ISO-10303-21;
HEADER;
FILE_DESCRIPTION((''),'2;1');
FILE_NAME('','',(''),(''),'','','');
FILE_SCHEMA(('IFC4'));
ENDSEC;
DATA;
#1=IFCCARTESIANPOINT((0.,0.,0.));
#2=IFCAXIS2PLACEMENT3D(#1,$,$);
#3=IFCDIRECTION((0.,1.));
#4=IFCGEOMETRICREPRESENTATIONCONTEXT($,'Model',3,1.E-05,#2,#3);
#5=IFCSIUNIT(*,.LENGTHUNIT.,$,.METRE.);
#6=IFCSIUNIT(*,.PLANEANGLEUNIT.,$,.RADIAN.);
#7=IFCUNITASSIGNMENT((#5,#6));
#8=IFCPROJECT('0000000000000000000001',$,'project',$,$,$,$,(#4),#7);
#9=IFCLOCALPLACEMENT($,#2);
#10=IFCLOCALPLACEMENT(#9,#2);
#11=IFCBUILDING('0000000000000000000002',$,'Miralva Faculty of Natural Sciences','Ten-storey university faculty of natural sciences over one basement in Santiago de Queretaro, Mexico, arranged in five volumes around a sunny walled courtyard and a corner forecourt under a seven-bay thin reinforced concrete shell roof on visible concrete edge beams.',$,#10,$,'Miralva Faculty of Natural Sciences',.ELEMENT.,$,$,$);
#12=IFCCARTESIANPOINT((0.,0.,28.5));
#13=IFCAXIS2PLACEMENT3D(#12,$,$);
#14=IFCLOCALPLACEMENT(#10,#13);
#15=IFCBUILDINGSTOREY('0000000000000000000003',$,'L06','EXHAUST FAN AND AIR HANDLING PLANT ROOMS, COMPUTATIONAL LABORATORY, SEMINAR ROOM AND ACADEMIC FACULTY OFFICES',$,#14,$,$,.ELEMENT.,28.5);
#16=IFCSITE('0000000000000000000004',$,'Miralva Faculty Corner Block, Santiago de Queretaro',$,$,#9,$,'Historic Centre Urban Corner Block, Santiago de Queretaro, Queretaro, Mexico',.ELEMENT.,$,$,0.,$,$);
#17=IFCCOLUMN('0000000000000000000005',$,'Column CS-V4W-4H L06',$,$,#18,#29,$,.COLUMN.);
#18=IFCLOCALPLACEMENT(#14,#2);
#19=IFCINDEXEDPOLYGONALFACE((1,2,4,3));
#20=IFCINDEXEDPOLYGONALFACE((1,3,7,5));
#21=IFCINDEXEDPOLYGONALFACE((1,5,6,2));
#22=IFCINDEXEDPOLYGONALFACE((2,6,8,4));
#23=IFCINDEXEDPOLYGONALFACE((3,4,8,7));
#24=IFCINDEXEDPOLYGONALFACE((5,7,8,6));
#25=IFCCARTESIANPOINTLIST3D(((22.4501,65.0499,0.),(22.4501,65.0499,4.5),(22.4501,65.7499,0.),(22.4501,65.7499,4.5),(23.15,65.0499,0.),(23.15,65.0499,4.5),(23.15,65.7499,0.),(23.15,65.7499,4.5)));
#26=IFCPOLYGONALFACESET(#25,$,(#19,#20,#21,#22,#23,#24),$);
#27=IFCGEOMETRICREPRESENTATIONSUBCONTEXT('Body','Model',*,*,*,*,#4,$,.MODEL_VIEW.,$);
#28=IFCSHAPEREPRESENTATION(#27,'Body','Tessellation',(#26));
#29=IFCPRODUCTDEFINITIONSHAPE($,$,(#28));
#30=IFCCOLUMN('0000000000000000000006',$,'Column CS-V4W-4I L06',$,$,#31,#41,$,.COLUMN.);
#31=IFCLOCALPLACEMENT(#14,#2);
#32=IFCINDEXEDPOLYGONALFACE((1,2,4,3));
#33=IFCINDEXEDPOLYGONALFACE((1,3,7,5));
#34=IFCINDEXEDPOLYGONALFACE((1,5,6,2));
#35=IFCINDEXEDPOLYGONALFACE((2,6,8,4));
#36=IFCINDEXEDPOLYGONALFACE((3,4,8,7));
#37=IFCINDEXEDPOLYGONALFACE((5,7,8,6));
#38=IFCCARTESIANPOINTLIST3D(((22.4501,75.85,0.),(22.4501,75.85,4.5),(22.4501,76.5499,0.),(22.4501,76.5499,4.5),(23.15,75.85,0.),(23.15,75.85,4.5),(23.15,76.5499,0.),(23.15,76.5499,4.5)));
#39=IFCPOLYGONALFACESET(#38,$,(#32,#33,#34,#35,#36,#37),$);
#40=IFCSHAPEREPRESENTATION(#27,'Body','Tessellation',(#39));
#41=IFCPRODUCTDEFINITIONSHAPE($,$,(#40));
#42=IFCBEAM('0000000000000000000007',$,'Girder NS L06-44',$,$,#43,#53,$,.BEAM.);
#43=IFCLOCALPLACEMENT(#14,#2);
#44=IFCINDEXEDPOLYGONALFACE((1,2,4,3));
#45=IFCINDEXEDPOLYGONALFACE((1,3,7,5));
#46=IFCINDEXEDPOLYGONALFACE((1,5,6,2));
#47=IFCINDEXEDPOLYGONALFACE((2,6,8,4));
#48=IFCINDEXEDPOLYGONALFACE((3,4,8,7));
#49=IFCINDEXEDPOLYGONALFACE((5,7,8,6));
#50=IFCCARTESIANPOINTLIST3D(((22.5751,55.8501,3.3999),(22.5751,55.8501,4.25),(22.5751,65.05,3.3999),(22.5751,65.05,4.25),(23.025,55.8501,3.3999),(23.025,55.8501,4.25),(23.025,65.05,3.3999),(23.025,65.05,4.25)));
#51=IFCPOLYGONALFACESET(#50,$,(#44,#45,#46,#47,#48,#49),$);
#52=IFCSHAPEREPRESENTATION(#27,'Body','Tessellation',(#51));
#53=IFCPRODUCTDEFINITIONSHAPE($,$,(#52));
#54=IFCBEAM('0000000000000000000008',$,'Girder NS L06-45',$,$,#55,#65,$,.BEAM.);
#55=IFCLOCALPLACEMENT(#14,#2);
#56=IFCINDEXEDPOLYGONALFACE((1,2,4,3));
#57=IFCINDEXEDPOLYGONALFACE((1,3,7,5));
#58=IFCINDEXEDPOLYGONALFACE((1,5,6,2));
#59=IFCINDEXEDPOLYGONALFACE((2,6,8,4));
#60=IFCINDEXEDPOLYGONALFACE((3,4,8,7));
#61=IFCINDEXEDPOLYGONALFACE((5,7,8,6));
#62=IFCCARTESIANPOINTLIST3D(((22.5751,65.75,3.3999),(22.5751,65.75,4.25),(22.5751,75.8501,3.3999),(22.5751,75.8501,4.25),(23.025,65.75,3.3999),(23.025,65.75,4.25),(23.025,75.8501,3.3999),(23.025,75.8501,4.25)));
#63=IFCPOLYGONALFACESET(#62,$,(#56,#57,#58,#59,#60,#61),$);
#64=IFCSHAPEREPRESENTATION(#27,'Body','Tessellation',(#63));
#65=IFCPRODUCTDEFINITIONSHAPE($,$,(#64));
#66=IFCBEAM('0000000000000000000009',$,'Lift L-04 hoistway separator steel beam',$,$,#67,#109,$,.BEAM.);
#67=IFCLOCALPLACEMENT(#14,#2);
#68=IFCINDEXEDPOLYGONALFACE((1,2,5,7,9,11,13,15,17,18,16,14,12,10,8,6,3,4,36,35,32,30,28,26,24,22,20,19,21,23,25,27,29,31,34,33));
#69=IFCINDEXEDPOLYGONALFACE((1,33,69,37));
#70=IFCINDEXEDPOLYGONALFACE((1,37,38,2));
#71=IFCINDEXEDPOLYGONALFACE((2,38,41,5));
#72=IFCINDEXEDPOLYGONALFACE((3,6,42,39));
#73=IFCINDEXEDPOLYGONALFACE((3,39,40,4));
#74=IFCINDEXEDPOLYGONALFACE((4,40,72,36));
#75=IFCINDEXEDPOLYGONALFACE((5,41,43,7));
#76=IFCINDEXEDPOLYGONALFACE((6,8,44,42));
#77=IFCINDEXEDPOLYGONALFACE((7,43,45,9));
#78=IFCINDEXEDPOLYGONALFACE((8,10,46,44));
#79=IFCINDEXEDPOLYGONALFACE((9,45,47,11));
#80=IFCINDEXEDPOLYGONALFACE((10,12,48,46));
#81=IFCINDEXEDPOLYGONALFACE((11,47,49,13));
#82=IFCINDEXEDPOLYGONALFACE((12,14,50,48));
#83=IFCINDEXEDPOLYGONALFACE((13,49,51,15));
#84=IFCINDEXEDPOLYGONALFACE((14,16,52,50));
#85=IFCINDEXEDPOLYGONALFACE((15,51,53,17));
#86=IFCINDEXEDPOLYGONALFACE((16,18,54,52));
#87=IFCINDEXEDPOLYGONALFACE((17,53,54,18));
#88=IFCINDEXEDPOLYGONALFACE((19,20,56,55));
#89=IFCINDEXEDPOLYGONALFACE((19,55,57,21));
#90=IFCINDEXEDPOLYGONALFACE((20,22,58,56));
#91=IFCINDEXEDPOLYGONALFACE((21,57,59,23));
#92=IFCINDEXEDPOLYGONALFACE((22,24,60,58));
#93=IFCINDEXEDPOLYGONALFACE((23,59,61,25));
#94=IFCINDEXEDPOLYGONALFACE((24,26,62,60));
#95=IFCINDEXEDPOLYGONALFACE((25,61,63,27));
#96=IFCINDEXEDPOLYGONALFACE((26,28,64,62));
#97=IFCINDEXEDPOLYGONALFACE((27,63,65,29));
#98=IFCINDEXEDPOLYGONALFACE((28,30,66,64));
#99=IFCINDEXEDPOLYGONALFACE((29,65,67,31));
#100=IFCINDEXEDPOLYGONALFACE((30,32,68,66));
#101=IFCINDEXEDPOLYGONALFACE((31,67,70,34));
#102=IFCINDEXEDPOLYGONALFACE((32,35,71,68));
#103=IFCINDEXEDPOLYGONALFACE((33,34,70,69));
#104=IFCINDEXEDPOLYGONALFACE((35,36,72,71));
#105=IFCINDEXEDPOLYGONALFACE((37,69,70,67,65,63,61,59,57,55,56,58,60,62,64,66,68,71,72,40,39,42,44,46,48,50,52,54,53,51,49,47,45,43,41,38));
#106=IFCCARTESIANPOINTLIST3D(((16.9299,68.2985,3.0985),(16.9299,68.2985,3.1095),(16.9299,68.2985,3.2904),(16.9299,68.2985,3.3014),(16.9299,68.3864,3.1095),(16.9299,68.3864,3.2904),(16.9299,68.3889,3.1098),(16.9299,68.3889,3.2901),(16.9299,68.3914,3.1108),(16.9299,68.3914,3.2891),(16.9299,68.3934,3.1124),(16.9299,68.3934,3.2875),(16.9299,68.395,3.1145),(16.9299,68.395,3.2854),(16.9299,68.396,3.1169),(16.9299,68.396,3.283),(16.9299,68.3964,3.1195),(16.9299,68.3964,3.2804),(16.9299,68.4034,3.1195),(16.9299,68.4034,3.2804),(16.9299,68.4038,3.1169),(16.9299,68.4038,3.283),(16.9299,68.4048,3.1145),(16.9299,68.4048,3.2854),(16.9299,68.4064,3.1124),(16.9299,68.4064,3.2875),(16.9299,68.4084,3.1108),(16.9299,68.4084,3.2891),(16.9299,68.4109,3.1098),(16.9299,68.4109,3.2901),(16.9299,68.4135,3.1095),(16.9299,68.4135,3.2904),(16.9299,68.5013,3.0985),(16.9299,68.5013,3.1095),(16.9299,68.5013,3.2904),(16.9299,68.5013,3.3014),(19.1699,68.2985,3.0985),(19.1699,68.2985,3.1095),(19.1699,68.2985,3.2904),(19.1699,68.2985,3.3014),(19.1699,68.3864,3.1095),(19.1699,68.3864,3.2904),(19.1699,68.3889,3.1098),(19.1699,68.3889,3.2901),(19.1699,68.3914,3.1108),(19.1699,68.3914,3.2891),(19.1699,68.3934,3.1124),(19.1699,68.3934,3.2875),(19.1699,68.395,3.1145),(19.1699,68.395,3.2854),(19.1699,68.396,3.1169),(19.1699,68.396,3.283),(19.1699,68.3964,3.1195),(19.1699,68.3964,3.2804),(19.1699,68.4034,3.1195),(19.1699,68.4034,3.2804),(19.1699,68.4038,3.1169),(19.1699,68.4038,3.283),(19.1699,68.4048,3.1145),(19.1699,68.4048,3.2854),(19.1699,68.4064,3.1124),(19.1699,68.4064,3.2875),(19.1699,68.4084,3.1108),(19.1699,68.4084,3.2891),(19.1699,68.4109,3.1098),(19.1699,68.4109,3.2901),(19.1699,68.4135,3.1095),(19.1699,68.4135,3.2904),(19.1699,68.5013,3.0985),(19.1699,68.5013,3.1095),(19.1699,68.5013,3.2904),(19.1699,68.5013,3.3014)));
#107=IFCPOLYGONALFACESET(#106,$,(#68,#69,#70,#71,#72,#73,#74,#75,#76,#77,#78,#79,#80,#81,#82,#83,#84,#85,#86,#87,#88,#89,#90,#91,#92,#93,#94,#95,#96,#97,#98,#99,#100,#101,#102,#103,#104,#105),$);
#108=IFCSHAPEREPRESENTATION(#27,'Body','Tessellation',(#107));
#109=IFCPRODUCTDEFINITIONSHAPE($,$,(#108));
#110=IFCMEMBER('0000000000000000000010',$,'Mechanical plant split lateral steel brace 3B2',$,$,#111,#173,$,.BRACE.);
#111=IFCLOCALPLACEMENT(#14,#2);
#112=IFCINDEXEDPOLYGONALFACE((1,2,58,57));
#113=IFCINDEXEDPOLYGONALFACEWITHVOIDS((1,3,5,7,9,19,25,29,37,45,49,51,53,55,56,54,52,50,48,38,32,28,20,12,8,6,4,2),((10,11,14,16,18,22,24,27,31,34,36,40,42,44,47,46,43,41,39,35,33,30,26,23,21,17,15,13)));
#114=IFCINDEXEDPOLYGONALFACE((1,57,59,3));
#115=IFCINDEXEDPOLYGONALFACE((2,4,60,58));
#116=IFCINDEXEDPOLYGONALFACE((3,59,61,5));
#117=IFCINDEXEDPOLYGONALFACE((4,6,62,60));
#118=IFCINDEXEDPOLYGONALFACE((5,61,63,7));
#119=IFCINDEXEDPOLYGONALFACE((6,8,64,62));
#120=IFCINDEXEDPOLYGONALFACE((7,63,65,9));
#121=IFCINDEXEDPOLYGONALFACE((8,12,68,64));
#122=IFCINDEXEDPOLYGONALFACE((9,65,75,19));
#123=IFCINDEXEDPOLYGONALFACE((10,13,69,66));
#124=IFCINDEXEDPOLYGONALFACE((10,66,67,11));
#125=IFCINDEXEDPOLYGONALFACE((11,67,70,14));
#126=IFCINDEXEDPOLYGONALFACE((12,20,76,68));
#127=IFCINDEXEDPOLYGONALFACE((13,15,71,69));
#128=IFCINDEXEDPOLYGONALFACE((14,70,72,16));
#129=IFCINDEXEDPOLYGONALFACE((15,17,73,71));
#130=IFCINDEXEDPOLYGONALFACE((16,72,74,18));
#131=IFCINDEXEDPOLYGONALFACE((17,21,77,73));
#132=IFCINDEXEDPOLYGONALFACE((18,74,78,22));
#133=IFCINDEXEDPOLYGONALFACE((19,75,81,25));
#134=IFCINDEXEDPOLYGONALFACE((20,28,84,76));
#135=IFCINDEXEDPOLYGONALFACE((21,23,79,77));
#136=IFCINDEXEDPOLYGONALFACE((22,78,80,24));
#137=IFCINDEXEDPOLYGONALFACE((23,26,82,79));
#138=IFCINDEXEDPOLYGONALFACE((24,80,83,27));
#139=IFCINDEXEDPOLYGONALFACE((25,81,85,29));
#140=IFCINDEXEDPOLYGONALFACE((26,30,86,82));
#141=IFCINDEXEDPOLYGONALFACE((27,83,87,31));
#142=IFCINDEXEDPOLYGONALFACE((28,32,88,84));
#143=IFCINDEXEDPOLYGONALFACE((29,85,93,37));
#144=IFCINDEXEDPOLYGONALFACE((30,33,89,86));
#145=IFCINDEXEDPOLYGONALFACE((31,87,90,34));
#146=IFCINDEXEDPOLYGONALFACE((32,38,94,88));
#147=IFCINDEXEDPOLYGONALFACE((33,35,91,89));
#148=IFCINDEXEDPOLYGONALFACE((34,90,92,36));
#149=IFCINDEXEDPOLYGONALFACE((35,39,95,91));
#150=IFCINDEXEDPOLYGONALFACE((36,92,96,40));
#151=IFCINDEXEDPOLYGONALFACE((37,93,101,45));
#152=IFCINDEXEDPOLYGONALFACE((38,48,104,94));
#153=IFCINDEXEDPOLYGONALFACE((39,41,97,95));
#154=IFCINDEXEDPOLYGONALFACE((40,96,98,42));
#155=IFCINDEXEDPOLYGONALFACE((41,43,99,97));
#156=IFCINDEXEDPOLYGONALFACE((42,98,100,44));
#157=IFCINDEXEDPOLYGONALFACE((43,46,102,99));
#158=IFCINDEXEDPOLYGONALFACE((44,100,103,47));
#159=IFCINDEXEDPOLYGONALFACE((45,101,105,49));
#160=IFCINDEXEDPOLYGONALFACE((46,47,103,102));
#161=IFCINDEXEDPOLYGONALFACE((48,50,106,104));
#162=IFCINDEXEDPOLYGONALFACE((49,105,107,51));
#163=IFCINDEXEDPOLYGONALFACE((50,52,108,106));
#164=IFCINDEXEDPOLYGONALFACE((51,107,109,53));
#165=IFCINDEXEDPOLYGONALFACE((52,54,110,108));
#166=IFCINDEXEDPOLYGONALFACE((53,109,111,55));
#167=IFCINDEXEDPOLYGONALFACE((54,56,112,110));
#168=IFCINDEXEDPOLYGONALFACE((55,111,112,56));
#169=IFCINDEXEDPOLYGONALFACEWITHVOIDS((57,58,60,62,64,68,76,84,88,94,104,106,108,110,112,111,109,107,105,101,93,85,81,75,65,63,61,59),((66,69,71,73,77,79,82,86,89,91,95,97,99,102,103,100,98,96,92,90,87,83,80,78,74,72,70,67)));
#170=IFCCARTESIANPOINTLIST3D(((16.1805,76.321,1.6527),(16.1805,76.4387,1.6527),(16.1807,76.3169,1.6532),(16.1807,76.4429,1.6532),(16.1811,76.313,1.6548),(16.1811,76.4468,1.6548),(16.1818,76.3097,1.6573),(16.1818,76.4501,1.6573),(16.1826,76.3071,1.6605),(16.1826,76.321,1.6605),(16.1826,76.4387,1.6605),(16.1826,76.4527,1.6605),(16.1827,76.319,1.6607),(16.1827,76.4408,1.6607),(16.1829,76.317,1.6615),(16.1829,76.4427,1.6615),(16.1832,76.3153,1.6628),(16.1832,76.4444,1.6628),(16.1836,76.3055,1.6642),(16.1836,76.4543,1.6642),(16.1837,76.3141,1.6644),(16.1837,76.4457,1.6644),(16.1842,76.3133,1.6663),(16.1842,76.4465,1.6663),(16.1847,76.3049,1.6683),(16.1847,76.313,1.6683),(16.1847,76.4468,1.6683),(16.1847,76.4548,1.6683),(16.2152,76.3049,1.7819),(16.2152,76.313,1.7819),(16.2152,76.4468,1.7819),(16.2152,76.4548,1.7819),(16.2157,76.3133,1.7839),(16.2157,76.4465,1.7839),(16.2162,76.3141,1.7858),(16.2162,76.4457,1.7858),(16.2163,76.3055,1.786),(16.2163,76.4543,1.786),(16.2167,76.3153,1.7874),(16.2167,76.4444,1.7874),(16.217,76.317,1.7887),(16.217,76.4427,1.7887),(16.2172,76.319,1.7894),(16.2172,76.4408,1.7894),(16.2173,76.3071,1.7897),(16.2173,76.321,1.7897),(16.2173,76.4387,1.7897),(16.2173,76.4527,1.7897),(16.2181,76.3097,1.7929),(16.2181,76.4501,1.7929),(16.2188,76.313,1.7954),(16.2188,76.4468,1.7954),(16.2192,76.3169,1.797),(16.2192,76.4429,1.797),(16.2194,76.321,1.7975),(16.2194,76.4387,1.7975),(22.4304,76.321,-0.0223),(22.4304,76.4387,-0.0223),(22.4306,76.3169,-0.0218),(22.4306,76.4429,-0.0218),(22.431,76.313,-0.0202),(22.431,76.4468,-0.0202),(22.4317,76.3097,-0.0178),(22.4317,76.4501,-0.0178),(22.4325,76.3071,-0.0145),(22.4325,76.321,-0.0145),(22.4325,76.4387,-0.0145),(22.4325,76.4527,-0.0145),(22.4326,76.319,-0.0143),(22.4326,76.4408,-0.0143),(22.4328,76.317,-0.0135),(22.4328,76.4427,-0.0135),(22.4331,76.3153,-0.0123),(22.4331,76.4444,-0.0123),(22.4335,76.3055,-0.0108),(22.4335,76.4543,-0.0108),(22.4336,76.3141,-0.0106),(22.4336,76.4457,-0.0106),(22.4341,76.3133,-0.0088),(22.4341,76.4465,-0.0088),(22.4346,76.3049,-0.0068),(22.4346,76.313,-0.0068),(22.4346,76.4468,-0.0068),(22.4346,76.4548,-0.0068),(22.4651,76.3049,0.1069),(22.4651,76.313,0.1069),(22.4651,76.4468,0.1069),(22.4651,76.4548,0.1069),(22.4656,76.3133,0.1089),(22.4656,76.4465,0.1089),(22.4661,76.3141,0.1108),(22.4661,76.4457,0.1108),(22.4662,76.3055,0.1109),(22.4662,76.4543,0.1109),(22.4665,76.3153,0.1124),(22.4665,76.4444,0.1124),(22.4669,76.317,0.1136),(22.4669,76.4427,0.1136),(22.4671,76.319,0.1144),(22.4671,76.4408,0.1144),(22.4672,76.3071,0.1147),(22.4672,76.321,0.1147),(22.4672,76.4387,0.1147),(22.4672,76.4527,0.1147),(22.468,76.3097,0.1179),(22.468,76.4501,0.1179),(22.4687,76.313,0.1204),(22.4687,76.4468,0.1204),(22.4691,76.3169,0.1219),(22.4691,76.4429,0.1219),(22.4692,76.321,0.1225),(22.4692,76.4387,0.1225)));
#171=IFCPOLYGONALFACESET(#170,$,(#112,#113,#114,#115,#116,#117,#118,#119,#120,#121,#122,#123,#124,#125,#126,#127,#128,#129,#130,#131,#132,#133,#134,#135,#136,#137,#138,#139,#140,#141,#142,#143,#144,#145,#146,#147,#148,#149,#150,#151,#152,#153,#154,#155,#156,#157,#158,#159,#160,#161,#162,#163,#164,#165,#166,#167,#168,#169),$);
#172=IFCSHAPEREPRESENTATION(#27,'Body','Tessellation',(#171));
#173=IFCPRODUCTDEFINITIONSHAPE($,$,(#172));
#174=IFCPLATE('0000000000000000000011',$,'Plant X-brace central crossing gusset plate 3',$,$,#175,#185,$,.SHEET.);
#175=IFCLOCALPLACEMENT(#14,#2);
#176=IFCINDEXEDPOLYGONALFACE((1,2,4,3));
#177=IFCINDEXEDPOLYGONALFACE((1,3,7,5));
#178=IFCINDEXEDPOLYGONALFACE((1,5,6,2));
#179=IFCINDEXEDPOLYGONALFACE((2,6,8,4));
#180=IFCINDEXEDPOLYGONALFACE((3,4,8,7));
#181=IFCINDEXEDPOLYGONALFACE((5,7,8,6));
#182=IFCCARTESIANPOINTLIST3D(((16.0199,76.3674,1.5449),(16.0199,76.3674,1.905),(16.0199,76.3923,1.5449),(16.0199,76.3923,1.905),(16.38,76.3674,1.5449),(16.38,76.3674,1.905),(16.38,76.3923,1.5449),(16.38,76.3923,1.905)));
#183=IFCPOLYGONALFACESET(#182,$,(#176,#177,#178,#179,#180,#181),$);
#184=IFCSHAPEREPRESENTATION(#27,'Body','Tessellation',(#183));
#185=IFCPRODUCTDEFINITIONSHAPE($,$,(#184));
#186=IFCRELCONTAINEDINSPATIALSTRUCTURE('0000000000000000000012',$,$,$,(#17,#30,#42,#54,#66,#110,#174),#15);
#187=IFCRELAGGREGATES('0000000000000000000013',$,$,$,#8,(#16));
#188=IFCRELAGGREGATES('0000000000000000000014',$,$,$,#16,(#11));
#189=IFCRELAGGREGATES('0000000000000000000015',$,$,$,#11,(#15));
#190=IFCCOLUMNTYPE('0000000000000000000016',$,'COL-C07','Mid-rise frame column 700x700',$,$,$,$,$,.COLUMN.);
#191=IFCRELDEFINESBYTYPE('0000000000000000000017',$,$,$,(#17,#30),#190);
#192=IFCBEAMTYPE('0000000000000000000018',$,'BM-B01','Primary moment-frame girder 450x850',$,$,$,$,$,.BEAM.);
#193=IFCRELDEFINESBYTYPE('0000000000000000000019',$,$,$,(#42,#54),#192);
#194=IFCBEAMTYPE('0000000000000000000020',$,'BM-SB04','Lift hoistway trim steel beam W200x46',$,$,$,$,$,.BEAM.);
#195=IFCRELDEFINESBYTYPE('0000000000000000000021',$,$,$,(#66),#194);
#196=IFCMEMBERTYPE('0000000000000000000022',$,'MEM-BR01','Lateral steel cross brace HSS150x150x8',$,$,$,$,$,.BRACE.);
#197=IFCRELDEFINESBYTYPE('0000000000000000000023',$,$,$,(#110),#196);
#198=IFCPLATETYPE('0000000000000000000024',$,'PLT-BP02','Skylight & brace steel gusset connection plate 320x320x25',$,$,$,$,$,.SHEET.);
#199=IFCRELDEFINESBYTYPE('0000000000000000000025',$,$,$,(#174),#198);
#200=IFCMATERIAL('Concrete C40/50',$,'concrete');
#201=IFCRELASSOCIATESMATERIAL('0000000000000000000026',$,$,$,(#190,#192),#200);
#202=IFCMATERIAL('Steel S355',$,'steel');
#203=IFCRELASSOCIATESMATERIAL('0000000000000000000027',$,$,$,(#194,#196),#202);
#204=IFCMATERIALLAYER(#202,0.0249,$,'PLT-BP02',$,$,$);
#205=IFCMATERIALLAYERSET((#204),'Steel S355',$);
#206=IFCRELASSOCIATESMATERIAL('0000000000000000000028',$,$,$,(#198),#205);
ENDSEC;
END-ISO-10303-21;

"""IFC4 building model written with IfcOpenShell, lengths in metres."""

from ifc_helpers import new_model, si_unit, direction, frame, origin, origin_2d, place, context, subcontext, project, spatial, rectangle, hollow_rectangle, i_section, extrude, material, layer, layer_set, material_profile, profile_set, type_object, element, save


model = new_model("IFC4")

# Units and contexts
model_context = context("Model", 3, precision=1e-05, world=origin(), true_north=direction((0.0, 1.0)))
body_context = subcontext(model_context, "Body", "Model", "MODEL_VIEW")
ifc_project = project(units=[si_unit("LENGTHUNIT", "METRE"), si_unit("PLANEANGLEUNIT", "RADIAN")], contexts=[model_context])

# Site, building, storey
site_placement = place(None, origin())
site = spatial("IfcSite", under=ifc_project, at=site_placement, Name="Miralva Faculty Corner Block, Santiago de Queretaro", LongName="Historic Centre Urban Corner Block, Santiago de Queretaro, Queretaro, Mexico", CompositionType="ELEMENT", RefElevation=0.0)
building_placement = place(site_placement, origin())
building = spatial("IfcBuilding", under=site, at=building_placement, Name="Miralva Faculty of Natural Sciences", Description="Ten-storey university faculty of natural sciences over one basement in Santiago de Queretaro, Mexico, arranged in five volumes around a sunny walled courtyard and a corner forecourt under a seven-bay thin reinforced concrete shell roof on visible concrete edge beams.", LongName="Miralva Faculty of Natural Sciences", CompositionType="ELEMENT")
storey_placement = place(building_placement, frame((0.0, 0.0, 28.5)))
storey = spatial("IfcBuildingStorey", under=building, at=storey_placement, Name="L06", Description="EXHAUST FAN AND AIR HANDLING PLANT ROOMS, COMPUTATIONAL LABORATORY, SEMINAR ROOM AND ACADEMIC FACULTY OFFICES", CompositionType="ELEMENT", Elevation=28.5)

# Columns
ifc_material_1 = material(Name="Concrete C40/50", Category="concrete")
ifc_material_profile_1 = material_profile(ifc_material_1, rectangle(XDim=0.7, YDim=0.7, at=origin_2d()), Name="RC 700x700")
ifc_profile_set_1 = profile_set([ifc_material_profile_1], Name="Concrete C40/50")
column_type = type_object("IfcColumnType", Name="COL-C07", Description="Mid-rise frame column 700x700", PredefinedType="COLUMN", material=ifc_profile_set_1)
for number, where, z_axis, x_axis, name in (
    (1, (22.8, 65.3999, 0.0), (0.0, 0.0, 1.0), (1.0, 0.0, 0.0), "Column CS-V4W-4H L06"),
    (2, (22.8, 76.2, 0.0), (0.0, 0.0, 1.0), (1.0, 0.0, 0.0), "Column CS-V4W-4I L06"),
):
    element("IfcColumn", number, at=place(storey_placement, frame(where, z_axis=z_axis, x_axis=x_axis)), inside=storey, type_object=column_type, Name=name, PredefinedType="COLUMN", context=body_context, shape_type="SweptSolid", body=[
        extrude(rectangle(XDim=0.7, YDim=0.7, at=origin_2d()), origin(), (0.0, 0.0, 1.0), 4.5),
    ])

# Beams
ifc_material_profile_2 = material_profile(ifc_material_1, rectangle(XDim=0.45, YDim=0.8501, at=origin_2d()), Name="RC 450x850")
ifc_profile_set_2 = profile_set([ifc_material_profile_2], Name="Concrete C40/50")
beam_type_1 = type_object("IfcBeamType", Name="BM-B01", Description="Primary moment-frame girder 450x850", PredefinedType="BEAM", material=ifc_profile_set_2)
beam_1_placement = place(storey_placement, frame((22.8, 55.8501, 3.825), z_axis=(0.0, 1.0, 0.0), x_axis=(-1.0, 0.0, 0.0)))
element("IfcBeam", 3, at=beam_1_placement, inside=storey, type_object=beam_type_1, Name="Girder NS L06-44", PredefinedType="BEAM", context=body_context, shape_type="SweptSolid", body=[
    extrude(rectangle(XDim=0.45, YDim=0.8501, at=origin_2d()), origin(), (0.0, 0.0, 1.0), 9.2),
])
beam_2_placement = place(storey_placement, frame((22.8, 65.75, 3.825), z_axis=(0.0, 1.0, 0.0), x_axis=(-1.0, 0.0, 0.0)))
element("IfcBeam", 4, at=beam_2_placement, inside=storey, type_object=beam_type_1, Name="Girder NS L06-45", PredefinedType="BEAM", context=body_context, shape_type="SweptSolid", body=[
    extrude(rectangle(XDim=0.45, YDim=0.8501, at=origin_2d()), origin(), (0.0, 0.0, 1.0), 10.1001),
])
ifc_material_2 = material(Name="Steel S355", Category="steel")
ifc_material_profile_3 = material_profile(ifc_material_2, i_section(OverallWidth=0.2029, OverallDepth=0.2029, WebThickness=0.0071, FlangeThickness=0.011, FilletRadius=0.01, at=origin_2d()), Name="W200x46")
ifc_profile_set_3 = profile_set([ifc_material_profile_3], Name="Steel S355")
beam_type_2 = type_object("IfcBeamType", Name="BM-SB04", Description="Lift hoistway trim steel beam W200x46", PredefinedType="BEAM", material=ifc_profile_set_3)
beam_3_placement = place(storey_placement, frame((16.9299, 68.3999, 3.2), z_axis=(1.0, 0.0, 0.0), x_axis=(0.0, 1.0, 0.0)))
element("IfcBeam", 5, at=beam_3_placement, inside=storey, type_object=beam_type_2, Name="Lift L-04 hoistway separator steel beam", PredefinedType="BEAM", context=body_context, shape_type="SweptSolid", body=[
    extrude(i_section(OverallWidth=0.2029, OverallDepth=0.2029, WebThickness=0.0071, FlangeThickness=0.011, FilletRadius=0.01, at=origin_2d()), origin(), (0.0, 0.0, 1.0), 2.24),
])

# Member
ifc_material_profile_4 = material_profile(ifc_material_2, hollow_rectangle(XDim=0.1499, YDim=0.1499, WallThickness=0.0081, InnerFilletRadius=0.0081, OuterFilletRadius=0.0161, at=origin_2d()), Name="HSS 150x150x8")
ifc_profile_set_4 = profile_set([ifc_material_profile_4], Name="Steel S355")
member_type = type_object("IfcMemberType", Name="MEM-BR01", Description="Lateral steel cross brace HSS150x150x8", PredefinedType="BRACE", material=ifc_profile_set_4)
member_placement = place(storey_placement, frame((16.2, 76.3799, 1.7251), z_axis=(0.965912, 0.0, -0.258872), x_axis=(0.0, 1.0, 0.0)))
element("IfcMember", 6, at=member_placement, inside=storey, type_object=member_type, Name="Mechanical plant split lateral steel brace 3B2", PredefinedType="BRACE", context=body_context, shape_type="SweptSolid", body=[
    extrude(hollow_rectangle(XDim=0.1499, YDim=0.1499, WallThickness=0.0081, InnerFilletRadius=0.0081, OuterFilletRadius=0.0161, at=origin_2d()), origin(), (0.0, 0.0, 1.0), 6.4705),
])

# Plate
ifc_layer_1 = layer(ifc_material_2, 0.0249, Name="PLT-BP02")
ifc_layer_set_1 = layer_set([ifc_layer_1], Name="Steel S355")
plate_type = type_object("IfcPlateType", Name="PLT-BP02", Description="Skylight & brace steel gusset connection plate 320x320x25", PredefinedType="SHEET", material=ifc_layer_set_1)
plate_placement = place(storey_placement, frame((16.2, 76.3799, 1.5449), z_axis=(0.0, 0.0, 1.0), x_axis=(1.0, 0.0, 0.0)))
element("IfcPlate", 7, at=plate_placement, inside=storey, type_object=plate_type, Name="Plant X-brace central crossing gusset plate 3", PredefinedType="SHEET", context=body_context, shape_type="SweptSolid", body=[
    extrude(rectangle(XDim=0.3601, YDim=0.0249, at=origin_2d()), origin(), (0.0, 0.0, 1.0), 0.3601),
])

save(model, "model.ifc")
